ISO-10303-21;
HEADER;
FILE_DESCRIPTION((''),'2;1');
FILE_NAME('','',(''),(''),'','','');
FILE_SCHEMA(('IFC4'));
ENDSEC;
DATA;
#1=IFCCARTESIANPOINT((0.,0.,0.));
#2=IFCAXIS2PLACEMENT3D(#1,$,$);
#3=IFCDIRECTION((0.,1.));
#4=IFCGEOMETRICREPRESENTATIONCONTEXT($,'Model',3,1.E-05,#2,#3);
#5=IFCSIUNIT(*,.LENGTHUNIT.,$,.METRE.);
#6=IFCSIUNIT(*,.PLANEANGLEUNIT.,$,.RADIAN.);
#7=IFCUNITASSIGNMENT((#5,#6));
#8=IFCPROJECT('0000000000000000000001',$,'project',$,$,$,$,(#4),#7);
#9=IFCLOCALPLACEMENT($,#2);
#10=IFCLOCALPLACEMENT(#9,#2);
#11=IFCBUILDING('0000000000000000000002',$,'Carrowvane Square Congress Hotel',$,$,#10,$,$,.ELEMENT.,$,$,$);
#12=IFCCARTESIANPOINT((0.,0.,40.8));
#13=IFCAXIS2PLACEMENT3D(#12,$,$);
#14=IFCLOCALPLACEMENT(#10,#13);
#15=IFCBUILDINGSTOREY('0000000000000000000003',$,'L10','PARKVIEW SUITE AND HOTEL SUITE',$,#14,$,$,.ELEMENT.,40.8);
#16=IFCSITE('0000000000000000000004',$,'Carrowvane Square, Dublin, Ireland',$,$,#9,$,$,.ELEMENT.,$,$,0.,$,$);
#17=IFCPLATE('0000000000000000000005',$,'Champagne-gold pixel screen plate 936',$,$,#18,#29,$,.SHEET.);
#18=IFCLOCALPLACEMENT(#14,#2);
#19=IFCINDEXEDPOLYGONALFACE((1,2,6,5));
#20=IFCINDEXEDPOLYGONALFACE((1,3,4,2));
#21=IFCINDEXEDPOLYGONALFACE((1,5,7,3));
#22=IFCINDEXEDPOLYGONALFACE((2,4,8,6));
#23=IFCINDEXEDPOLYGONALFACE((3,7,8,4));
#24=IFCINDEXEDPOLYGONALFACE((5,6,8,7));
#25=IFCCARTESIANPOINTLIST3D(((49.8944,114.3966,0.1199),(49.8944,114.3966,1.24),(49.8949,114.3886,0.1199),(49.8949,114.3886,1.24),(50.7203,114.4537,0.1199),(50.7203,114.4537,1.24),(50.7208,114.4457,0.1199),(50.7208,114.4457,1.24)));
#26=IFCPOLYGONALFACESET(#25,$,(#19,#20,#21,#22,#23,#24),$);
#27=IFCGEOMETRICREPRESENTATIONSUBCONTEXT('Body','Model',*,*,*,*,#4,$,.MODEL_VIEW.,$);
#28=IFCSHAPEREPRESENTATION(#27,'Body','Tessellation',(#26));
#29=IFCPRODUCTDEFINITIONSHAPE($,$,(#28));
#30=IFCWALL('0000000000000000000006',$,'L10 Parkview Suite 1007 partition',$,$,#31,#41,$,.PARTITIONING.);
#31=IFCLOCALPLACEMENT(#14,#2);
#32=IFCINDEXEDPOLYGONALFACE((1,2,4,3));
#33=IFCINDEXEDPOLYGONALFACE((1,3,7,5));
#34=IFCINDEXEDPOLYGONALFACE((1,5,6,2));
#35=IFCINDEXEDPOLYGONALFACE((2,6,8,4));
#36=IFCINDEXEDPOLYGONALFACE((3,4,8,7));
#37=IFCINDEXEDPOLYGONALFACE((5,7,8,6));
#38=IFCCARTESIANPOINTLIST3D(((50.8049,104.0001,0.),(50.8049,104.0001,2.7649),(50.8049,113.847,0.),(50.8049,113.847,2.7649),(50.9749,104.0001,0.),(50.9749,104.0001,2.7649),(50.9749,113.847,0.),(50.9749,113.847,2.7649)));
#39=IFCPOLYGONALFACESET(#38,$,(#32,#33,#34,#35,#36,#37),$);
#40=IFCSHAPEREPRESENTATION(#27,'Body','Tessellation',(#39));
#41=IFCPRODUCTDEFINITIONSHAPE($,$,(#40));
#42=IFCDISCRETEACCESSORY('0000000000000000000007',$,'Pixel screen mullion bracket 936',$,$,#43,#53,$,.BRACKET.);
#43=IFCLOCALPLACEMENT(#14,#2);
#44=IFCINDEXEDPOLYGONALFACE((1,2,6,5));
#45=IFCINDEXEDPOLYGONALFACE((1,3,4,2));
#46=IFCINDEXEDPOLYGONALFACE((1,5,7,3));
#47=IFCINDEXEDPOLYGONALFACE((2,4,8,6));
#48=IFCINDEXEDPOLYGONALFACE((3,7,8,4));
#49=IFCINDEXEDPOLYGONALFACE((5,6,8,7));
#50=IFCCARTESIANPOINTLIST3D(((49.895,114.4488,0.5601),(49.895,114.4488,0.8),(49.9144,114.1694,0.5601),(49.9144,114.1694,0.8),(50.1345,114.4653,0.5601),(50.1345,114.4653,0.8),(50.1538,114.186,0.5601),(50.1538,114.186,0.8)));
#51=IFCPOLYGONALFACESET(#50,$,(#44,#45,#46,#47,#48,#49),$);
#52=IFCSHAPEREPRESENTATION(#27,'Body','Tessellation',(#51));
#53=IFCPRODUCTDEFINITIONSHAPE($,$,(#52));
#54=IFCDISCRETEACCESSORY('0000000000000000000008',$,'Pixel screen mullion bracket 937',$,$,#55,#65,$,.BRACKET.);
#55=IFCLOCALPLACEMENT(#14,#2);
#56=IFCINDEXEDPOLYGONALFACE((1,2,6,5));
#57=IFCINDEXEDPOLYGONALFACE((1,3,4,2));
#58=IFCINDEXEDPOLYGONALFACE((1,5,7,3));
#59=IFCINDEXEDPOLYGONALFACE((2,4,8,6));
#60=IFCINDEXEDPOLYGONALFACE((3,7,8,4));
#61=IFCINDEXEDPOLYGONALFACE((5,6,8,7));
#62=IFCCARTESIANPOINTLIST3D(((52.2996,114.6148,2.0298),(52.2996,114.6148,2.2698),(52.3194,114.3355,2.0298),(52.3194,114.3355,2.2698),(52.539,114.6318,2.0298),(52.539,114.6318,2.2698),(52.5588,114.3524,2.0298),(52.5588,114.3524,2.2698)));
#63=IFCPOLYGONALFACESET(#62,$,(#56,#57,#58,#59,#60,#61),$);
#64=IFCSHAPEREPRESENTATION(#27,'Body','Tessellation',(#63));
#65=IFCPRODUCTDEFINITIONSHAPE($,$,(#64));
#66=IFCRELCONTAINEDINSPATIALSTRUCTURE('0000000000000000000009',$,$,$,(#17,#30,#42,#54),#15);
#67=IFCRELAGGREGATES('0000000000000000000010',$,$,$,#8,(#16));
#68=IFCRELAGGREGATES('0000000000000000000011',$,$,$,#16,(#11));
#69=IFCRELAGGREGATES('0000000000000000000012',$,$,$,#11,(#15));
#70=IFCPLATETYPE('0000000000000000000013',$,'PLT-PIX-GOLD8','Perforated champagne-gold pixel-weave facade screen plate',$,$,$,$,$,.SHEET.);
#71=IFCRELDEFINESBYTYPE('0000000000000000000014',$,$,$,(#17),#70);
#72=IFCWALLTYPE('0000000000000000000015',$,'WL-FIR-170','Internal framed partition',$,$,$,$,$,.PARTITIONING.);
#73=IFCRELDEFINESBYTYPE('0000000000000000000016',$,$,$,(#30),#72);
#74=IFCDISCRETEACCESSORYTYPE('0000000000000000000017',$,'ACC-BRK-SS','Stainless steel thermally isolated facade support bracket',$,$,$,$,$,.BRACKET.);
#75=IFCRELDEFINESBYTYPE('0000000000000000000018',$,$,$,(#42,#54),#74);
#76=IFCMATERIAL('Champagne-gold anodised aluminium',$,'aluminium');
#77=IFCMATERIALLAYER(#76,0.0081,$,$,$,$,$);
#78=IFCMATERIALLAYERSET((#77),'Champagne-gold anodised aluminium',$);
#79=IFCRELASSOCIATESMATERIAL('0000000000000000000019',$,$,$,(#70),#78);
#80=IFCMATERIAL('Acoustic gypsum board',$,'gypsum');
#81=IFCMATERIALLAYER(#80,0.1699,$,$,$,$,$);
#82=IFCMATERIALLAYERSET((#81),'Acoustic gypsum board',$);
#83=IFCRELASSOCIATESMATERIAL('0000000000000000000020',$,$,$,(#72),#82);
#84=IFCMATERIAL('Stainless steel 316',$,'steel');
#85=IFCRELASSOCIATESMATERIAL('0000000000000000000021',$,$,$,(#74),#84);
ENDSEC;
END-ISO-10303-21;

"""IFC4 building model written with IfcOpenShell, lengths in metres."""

from ifc_helpers import new_model, si_unit, direction, frame, frame_2d, origin, origin_2d, place, context, subcontext, project, spatial, rectangle, extrude, material, layer, layer_set, type_object, element, save


model = new_model("IFC4")

# Units and contexts
model_context = context("Model", 3, precision=1e-05, world=origin(), true_north=direction((0.0, 1.0)))
body_context = subcontext(model_context, "Body", "Model", "MODEL_VIEW")
ifc_project = project(units=[si_unit("LENGTHUNIT", "METRE"), si_unit("PLANEANGLEUNIT", "RADIAN")], contexts=[model_context])

# Site, building, storey
site_placement = place(None, origin())
site = spatial("IfcSite", under=ifc_project, at=site_placement, Name="Carrowvane Square, Dublin, Ireland", CompositionType="ELEMENT", RefElevation=0.0)
building_placement = place(site_placement, origin())
building = spatial("IfcBuilding", under=site, at=building_placement, Name="Carrowvane Square Congress Hotel", CompositionType="ELEMENT")
storey_placement = place(building_placement, frame((0.0, 0.0, 40.8)))
storey = spatial("IfcBuildingStorey", under=building, at=storey_placement, Name="L10", Description="PARKVIEW SUITE AND HOTEL SUITE", CompositionType="ELEMENT", Elevation=40.8)

# Plate
ifc_material_1 = material(Name="Champagne-gold anodised aluminium", Category="aluminium")
ifc_layer_1 = layer(ifc_material_1, 0.0081)
ifc_layer_set_1 = layer_set([ifc_layer_1], Name="Champagne-gold anodised aluminium")
plate_type_1 = type_object("IfcPlateType", Name="PLT-PIX-GOLD8", Description="Perforated champagne-gold pixel-weave facade screen plate", PredefinedType="SHEET", material=ifc_layer_set_1)
plate_1_placement = place(storey_placement, frame((50.3076, 114.4211, 0.1199), z_axis=(0.0, 0.0, 1.0), x_axis=(0.997618, 0.068987, 0.0)))
element("IfcPlate", 1, at=plate_1_placement, inside=storey, type_object=plate_type_1, Name="Champagne-gold pixel screen plate 936", PredefinedType="SHEET", context=body_context, shape_type="SweptSolid", body=[
    extrude(rectangle(XDim=0.8279, YDim=0.0081, at=origin_2d()), origin(), (0.0, 0.0, 1.0), 1.1201),
])

# Wall
ifc_material_2 = material(Name="Acoustic gypsum board", Category="gypsum")
ifc_layer_2 = layer(ifc_material_2, 0.1699)
ifc_layer_set_2 = layer_set([ifc_layer_2], Name="Acoustic gypsum board")
wall_type = type_object("IfcWallType", Name="WL-FIR-170", Description="Internal framed partition", PredefinedType="PARTITIONING", material=ifc_layer_set_2)
wall_placement = place(storey_placement, frame((50.8899, 113.8469, 0.0), z_axis=(0.0, 0.0, 1.0), x_axis=(0.0, -1.0, 0.0)))
element("IfcWall", 2, at=wall_placement, inside=storey, type_object=wall_type, Name="L10 Parkview Suite 1007 partition", PredefinedType="PARTITIONING", context=body_context, shape_type="SweptSolid", body=[
    extrude(rectangle(XDim=9.8469, YDim=0.1699, at=frame_2d((4.9233, 0.0))), origin(), (0.0, 0.0, 1.0), 2.7649),
])

# Discrete accessories
ifc_material_3 = material(Name="Stainless steel 316", Category="steel")
discrete_accessory_type = type_object("IfcDiscreteAccessoryType", Name="ACC-BRK-SS", Description="Stainless steel thermally isolated facade support bracket", PredefinedType="BRACKET", material=ifc_material_3)
for number, where, z_axis, x_axis, name in (
    (3, (50.0244, 114.3174, 0.5601), (0.0, 0.0, 1.0), (0.997618, 0.068987, 0.0), "Pixel screen mullion bracket 936"),
    (4, (52.4292, 114.4836, 2.0298), (0.0, 0.0, 1.0), (0.997506, 0.070585, 0.0), "Pixel screen mullion bracket 937"),
):
    element("IfcDiscreteAccessory", number, at=place(storey_placement, frame(where, z_axis=z_axis, x_axis=x_axis)), inside=storey, type_object=discrete_accessory_type, Name=name, PredefinedType="BRACKET", context=body_context, shape_type="SweptSolid", body=[
        extrude(rectangle(XDim=0.24, YDim=0.28, at=origin_2d()), origin(), (0.0, 0.0, 1.0), 0.24),
    ])

save(model, "model.ifc")
